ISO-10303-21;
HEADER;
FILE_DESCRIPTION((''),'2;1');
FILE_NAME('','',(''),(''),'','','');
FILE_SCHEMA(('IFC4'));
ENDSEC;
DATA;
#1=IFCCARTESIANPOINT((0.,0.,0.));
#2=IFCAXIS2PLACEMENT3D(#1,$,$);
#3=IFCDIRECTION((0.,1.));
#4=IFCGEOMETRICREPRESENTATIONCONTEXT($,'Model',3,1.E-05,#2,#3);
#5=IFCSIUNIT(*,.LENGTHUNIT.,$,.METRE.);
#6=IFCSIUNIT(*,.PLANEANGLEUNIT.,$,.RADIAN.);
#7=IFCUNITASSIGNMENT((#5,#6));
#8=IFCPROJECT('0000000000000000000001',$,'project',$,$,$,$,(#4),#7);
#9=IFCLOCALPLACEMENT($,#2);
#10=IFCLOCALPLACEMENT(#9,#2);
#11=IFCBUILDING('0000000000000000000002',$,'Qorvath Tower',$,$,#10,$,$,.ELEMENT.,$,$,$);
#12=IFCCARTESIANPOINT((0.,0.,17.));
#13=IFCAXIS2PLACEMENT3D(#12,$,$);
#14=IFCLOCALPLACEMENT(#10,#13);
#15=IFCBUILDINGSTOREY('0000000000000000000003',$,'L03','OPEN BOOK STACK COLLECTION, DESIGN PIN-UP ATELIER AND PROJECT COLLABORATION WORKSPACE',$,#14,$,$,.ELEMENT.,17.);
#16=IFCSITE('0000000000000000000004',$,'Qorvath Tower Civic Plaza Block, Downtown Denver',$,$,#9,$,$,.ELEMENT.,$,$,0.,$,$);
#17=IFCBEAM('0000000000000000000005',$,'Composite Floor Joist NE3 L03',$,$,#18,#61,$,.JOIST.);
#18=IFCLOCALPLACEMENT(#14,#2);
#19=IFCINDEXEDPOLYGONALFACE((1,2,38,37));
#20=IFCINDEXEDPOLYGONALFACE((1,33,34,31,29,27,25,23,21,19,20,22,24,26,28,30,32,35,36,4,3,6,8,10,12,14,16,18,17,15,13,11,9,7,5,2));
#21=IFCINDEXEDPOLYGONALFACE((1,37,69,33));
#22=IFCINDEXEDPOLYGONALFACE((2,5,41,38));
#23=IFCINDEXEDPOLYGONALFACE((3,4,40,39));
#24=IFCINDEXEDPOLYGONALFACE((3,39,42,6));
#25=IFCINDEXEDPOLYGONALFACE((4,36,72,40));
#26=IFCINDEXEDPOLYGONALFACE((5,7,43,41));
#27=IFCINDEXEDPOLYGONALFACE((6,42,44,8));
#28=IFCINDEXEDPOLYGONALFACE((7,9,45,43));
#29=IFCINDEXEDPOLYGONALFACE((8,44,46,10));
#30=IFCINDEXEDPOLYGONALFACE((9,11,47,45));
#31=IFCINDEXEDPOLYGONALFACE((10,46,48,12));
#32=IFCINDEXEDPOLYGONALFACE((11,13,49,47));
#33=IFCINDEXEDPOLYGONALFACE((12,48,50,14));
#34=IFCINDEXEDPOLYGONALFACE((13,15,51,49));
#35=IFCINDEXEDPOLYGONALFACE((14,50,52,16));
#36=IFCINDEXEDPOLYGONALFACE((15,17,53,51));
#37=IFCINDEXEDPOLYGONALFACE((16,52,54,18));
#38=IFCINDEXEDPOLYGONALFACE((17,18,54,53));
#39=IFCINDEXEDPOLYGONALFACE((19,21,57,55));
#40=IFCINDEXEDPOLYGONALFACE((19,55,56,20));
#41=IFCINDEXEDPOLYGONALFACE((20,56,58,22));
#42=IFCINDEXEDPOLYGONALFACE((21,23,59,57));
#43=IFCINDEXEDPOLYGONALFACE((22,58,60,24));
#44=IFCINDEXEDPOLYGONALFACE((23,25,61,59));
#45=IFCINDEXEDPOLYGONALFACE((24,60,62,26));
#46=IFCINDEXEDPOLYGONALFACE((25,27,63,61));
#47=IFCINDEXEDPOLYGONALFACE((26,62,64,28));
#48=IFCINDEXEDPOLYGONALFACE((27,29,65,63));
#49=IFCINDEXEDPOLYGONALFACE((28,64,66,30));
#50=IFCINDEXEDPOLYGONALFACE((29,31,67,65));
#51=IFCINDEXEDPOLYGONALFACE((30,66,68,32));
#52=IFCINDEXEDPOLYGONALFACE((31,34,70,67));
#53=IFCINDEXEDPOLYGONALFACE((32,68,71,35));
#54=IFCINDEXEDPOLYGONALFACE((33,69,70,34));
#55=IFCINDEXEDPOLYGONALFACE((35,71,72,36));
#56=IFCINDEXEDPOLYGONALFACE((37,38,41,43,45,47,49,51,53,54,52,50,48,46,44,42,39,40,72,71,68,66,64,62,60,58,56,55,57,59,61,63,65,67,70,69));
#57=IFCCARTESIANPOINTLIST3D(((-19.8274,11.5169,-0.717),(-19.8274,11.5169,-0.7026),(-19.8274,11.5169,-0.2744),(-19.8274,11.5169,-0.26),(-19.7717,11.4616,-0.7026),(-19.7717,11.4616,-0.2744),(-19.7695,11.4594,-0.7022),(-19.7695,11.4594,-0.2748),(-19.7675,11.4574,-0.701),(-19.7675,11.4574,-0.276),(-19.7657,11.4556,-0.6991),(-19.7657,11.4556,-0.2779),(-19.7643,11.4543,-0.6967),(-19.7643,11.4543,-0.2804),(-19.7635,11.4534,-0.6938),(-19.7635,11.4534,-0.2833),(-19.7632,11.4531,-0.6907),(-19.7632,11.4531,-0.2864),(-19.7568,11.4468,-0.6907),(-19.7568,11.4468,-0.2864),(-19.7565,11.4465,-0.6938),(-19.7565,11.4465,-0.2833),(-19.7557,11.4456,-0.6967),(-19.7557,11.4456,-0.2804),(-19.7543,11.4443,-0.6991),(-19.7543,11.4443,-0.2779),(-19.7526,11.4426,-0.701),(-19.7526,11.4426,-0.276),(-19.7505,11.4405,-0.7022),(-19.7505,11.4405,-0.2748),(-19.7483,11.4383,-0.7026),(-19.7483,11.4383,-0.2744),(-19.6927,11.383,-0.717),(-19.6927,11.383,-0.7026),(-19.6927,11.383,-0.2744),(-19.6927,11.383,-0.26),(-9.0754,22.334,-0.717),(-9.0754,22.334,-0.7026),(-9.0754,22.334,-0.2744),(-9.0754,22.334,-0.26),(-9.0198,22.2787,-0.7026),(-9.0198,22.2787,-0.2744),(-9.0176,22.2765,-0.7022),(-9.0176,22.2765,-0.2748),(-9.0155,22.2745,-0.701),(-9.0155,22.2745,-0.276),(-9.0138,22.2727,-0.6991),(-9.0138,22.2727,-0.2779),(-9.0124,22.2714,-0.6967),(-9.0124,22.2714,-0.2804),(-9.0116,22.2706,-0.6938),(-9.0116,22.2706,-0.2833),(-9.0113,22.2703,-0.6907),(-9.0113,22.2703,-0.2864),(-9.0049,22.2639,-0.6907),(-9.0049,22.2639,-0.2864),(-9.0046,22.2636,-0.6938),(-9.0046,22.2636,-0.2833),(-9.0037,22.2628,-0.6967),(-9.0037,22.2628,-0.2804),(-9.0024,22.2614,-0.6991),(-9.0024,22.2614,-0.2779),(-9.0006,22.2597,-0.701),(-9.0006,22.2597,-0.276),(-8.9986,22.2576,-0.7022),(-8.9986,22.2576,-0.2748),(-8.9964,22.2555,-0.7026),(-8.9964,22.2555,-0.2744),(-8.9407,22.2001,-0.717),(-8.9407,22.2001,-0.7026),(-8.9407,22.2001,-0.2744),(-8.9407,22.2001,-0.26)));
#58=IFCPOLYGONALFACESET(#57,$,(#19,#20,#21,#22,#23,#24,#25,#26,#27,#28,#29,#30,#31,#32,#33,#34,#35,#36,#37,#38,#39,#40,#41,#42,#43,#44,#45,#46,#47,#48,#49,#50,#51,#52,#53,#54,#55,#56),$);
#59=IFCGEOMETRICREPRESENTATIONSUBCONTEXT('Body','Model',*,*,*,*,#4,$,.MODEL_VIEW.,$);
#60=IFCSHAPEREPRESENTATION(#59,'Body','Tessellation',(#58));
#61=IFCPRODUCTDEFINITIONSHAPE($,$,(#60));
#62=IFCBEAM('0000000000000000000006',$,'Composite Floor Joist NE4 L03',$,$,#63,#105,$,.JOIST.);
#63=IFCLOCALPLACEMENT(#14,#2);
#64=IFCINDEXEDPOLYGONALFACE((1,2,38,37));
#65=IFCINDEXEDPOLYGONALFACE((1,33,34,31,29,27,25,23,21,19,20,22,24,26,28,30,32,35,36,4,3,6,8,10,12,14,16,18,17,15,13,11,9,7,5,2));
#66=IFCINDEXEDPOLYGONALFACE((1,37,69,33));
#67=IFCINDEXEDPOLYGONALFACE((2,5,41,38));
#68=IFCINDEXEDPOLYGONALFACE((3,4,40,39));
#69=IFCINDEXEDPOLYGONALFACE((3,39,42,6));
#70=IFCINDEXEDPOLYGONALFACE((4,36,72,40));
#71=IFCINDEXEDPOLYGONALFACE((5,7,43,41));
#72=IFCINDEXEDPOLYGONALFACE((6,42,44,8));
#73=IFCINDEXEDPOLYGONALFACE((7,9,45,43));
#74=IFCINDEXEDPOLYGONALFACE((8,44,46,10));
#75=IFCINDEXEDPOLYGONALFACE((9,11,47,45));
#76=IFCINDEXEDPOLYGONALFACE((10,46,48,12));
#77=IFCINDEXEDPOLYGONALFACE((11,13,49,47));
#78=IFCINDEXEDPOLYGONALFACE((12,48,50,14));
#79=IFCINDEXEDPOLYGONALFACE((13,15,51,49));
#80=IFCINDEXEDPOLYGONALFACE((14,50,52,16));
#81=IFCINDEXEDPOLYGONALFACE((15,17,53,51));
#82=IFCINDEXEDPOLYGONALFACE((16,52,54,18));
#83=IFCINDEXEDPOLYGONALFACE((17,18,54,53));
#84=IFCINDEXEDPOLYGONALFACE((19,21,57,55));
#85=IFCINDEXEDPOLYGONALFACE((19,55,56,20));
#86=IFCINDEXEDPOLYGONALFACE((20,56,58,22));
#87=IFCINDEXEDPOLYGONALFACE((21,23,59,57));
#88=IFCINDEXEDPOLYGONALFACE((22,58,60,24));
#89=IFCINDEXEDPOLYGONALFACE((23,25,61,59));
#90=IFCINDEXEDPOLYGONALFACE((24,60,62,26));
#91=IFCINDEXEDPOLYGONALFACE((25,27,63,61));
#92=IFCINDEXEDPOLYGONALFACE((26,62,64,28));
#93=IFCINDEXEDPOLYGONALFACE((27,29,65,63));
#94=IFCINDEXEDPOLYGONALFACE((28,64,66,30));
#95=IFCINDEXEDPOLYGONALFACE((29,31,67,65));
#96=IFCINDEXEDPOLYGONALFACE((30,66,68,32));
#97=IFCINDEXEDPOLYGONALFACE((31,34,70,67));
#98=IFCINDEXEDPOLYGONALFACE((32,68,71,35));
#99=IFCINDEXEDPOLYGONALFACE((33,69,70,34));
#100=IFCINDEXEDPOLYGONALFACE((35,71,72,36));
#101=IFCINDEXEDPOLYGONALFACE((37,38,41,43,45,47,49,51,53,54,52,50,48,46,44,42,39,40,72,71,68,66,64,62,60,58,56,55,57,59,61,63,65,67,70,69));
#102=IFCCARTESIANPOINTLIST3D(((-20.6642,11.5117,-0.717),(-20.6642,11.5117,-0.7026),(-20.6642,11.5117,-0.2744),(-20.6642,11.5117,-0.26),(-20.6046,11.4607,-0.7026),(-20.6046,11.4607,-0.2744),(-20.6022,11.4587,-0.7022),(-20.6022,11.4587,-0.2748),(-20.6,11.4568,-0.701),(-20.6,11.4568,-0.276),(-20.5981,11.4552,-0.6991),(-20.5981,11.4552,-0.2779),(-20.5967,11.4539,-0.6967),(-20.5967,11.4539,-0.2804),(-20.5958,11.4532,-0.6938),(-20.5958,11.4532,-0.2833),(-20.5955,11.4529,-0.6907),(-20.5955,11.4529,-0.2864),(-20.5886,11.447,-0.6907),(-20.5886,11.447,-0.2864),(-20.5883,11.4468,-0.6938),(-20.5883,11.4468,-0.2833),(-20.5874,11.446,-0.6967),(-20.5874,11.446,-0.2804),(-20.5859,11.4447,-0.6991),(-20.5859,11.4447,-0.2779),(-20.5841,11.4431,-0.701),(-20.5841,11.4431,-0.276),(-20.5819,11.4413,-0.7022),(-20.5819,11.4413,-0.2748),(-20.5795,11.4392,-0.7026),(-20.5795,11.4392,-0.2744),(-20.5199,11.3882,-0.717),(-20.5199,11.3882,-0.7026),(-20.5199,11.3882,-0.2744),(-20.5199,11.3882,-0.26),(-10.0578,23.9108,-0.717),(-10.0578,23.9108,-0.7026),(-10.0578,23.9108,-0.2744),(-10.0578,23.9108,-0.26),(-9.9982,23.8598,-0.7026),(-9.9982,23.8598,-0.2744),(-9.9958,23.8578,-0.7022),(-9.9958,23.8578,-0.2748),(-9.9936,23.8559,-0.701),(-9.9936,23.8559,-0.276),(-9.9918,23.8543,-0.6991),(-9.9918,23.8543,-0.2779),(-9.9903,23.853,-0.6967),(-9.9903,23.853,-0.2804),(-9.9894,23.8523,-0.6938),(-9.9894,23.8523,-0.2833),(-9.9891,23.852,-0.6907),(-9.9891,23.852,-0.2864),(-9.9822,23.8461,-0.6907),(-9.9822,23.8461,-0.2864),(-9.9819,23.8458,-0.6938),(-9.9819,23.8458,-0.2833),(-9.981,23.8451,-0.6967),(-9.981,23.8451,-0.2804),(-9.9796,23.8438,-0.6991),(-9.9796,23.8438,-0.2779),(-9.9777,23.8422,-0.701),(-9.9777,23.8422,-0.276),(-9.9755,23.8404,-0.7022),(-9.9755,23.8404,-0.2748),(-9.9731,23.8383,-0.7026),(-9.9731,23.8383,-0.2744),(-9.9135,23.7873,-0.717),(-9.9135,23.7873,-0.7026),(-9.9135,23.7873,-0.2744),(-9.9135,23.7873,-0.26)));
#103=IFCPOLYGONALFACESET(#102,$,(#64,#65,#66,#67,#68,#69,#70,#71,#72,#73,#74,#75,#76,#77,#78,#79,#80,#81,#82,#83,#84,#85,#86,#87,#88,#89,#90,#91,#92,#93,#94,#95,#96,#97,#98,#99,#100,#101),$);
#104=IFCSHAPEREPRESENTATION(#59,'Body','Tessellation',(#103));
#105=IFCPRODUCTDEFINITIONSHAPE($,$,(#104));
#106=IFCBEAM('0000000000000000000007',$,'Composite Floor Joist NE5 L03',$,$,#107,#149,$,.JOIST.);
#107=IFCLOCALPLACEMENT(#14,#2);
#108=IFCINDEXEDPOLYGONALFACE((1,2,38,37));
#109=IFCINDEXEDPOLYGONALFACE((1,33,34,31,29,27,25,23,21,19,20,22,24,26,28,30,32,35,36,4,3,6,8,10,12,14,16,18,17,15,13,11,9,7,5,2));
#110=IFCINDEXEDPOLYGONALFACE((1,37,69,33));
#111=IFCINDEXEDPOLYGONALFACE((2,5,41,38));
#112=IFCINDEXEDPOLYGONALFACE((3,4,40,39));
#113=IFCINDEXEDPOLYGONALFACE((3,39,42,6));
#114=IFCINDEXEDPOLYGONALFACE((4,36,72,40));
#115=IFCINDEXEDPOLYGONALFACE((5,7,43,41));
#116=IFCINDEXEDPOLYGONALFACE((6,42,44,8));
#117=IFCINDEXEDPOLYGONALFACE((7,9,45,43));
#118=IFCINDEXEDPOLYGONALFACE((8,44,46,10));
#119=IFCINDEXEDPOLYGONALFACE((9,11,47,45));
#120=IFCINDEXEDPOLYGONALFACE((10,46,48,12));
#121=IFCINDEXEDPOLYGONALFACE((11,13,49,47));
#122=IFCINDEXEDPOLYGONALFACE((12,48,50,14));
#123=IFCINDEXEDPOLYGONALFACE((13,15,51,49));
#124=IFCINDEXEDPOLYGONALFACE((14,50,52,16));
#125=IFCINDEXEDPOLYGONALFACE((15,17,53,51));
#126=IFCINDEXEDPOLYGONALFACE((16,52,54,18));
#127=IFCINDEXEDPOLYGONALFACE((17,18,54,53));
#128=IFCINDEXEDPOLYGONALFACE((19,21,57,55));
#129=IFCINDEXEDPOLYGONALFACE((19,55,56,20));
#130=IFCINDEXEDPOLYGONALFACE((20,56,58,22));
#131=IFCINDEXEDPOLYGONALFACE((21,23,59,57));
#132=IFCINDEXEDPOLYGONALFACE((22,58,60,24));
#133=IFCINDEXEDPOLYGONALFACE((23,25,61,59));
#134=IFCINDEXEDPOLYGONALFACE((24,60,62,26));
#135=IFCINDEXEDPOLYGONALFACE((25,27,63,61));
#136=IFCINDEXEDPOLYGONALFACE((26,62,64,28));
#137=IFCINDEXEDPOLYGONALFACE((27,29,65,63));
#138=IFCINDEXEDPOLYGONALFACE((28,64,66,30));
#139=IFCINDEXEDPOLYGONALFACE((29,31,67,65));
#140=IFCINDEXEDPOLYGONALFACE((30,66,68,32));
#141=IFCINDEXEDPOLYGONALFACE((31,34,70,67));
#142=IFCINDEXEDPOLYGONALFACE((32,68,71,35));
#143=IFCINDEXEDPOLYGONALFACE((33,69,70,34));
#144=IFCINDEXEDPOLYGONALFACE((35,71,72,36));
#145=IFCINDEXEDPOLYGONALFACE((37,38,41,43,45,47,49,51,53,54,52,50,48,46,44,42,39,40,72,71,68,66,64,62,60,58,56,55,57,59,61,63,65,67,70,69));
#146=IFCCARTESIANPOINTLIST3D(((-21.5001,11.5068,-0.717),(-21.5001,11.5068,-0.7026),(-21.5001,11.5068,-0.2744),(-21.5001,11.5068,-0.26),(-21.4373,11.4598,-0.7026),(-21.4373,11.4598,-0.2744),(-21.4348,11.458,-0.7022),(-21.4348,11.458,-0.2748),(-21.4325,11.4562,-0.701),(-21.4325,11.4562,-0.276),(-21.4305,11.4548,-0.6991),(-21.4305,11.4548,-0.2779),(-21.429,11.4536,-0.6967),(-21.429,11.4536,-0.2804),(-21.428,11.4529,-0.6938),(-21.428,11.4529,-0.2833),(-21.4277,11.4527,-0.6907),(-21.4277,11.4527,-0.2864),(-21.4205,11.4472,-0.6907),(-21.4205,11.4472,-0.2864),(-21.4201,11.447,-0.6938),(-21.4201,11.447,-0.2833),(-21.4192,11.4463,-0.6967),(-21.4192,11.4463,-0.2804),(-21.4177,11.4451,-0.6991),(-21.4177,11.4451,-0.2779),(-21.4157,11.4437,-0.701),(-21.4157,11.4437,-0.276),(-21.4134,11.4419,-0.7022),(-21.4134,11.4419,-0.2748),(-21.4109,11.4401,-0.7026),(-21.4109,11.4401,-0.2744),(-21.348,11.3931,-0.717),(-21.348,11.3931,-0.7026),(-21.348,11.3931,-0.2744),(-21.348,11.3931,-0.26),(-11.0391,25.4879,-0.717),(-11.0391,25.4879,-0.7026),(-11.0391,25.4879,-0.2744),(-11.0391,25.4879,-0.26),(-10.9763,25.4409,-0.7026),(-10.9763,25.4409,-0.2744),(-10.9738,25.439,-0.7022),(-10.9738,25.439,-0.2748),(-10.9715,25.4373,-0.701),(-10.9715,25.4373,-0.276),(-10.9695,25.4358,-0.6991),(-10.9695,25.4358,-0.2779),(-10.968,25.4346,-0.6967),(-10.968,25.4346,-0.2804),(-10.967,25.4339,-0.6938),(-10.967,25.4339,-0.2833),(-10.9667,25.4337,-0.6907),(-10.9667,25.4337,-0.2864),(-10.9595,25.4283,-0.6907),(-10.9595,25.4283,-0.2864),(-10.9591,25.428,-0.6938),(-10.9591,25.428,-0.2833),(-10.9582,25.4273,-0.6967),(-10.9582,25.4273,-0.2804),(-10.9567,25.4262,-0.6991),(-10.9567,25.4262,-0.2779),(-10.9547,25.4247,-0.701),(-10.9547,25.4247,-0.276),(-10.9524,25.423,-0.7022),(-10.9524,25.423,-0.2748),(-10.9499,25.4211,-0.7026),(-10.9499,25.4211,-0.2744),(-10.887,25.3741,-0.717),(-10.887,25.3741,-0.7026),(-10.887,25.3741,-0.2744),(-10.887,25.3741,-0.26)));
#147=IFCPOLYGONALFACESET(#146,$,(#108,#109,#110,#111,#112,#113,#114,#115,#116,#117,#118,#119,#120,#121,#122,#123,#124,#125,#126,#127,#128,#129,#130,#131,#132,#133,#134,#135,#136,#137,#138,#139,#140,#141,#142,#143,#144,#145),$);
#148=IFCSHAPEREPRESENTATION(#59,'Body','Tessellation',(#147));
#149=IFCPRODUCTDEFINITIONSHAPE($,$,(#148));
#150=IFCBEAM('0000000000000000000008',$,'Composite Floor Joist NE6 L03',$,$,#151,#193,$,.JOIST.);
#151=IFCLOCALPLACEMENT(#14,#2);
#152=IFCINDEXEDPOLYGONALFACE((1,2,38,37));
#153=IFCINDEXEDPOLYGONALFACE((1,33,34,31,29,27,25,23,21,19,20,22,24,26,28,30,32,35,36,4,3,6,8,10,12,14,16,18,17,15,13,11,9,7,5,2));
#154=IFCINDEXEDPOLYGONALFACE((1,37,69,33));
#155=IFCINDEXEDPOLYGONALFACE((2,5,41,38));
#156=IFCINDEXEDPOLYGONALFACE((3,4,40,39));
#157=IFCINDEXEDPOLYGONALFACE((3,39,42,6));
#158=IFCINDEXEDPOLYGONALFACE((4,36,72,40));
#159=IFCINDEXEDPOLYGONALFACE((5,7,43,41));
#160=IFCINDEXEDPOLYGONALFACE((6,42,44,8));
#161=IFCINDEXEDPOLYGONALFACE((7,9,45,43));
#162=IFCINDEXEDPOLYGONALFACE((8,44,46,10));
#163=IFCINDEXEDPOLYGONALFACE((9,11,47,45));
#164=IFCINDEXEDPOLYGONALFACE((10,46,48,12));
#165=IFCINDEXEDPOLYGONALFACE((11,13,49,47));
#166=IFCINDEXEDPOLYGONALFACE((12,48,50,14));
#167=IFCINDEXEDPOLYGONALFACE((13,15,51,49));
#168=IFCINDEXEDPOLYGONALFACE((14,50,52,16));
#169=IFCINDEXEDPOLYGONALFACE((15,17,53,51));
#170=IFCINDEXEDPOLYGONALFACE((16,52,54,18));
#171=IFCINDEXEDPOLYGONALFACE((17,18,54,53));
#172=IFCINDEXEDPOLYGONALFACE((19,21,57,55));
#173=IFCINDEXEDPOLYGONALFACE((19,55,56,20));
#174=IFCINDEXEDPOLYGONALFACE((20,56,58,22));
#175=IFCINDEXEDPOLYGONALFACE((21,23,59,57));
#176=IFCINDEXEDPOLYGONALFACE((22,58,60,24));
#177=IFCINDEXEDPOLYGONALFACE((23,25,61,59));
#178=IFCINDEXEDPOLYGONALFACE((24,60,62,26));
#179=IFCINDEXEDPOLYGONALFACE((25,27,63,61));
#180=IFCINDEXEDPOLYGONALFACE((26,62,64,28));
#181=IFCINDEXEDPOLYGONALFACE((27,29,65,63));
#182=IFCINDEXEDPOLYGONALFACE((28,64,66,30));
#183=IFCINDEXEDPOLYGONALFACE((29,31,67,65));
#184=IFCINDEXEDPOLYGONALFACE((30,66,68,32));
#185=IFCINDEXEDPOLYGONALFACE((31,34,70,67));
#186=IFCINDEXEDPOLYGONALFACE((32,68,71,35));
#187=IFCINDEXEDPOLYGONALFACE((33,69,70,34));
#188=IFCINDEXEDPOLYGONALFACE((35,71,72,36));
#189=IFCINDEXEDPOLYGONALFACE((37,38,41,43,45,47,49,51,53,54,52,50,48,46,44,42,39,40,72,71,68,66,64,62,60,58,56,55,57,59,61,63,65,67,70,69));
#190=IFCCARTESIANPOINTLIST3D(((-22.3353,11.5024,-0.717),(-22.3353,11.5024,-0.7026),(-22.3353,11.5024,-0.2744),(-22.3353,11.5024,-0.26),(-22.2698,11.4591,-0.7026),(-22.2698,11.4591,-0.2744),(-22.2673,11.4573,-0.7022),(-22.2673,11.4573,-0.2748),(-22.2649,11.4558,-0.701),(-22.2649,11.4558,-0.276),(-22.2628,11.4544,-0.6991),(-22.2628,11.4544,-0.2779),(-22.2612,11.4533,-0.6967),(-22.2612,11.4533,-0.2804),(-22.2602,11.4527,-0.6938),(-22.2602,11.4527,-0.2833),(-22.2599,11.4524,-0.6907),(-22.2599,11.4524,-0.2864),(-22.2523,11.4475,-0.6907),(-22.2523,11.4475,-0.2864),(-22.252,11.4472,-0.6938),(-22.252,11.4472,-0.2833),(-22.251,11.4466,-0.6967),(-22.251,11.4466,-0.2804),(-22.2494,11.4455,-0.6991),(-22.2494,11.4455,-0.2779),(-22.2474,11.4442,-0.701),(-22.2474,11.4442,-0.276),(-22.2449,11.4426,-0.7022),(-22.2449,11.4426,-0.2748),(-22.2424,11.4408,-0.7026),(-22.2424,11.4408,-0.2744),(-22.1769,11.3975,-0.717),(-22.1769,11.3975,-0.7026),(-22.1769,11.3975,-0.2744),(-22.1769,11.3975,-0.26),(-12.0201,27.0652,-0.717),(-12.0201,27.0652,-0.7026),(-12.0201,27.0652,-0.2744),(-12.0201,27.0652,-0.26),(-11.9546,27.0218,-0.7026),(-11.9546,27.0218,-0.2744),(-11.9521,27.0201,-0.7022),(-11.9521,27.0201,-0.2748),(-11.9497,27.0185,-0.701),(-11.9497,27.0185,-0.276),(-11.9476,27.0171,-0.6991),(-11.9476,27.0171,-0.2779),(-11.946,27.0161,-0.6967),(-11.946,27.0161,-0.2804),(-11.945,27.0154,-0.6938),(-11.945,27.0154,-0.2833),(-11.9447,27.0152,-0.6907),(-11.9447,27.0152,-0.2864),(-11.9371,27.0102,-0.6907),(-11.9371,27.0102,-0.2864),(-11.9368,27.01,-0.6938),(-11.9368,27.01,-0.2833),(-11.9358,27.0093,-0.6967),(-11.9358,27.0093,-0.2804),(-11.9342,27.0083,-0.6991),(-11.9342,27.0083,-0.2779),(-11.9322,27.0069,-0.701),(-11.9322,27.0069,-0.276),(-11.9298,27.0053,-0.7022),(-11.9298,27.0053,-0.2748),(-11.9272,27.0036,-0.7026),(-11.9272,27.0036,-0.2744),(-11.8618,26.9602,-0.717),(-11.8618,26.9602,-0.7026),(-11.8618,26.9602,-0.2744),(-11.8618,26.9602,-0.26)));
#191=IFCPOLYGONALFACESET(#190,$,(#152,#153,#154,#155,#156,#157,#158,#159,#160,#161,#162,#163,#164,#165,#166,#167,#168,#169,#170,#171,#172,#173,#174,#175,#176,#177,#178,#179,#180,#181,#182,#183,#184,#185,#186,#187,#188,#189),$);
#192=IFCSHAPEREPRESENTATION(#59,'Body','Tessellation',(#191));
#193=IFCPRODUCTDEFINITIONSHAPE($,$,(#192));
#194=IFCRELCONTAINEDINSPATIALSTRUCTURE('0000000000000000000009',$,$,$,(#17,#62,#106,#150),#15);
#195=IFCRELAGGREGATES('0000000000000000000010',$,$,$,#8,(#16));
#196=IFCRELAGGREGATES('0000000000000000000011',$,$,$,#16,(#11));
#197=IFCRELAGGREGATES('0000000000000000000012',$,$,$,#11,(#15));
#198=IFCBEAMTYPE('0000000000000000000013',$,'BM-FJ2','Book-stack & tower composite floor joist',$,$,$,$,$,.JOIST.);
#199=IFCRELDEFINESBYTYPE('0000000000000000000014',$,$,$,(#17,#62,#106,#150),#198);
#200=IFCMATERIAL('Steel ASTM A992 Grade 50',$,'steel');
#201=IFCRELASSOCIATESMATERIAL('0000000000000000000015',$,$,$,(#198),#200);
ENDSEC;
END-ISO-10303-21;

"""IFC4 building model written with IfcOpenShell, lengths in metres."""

from ifc_helpers import new_model, si_unit, direction, frame, origin, origin_2d, place, context, subcontext, project, spatial, i_section, extrude, material, material_profile, profile_set, type_object, element, save


model = new_model("IFC4")

# Units and contexts
model_context = context("Model", 3, precision=1e-05, world=origin(), true_north=direction((0.0, 1.0)))
body_context = subcontext(model_context, "Body", "Model", "MODEL_VIEW")
ifc_project = project(units=[si_unit("LENGTHUNIT", "METRE"), si_unit("PLANEANGLEUNIT", "RADIAN")], contexts=[model_context])

# Site, building, storey
site_placement = place(None, origin())
site = spatial("IfcSite", under=ifc_project, at=site_placement, Name="Qorvath Tower Civic Plaza Block, Downtown Denver", CompositionType="ELEMENT", RefElevation=0.0)
building_placement = place(site_placement, origin())
building = spatial("IfcBuilding", under=site, at=building_placement, Name="Qorvath Tower", CompositionType="ELEMENT")
storey_placement = place(building_placement, frame((0.0, 0.0, 17.0)))
storey = spatial("IfcBuildingStorey", under=building, at=storey_placement, Name="L03", Description="OPEN BOOK STACK COLLECTION, DESIGN PIN-UP ATELIER AND PROJECT COLLABORATION WORKSPACE", CompositionType="ELEMENT", Elevation=17.0)

# Beams
ifc_material_1 = material(Name="Steel ASTM A992 Grade 50", Category="steel")
ifc_material_profile_1 = material_profile(ifc_material_1, i_section(OverallWidth=0.1899, OverallDepth=0.457, WebThickness=0.009, FlangeThickness=0.0144, FilletRadius=0.012, at=origin_2d()), Name="W18x50")
ifc_profile_set_1 = profile_set([ifc_material_profile_1], Name="Steel ASTM A992 Grade 50")
beam_type_1 = type_object("IfcBeamType", Name="BM-FJ2", Description="Book-stack & tower composite floor joist", PredefinedType="JOIST", material=ifc_profile_set_1)
beam_1_placement = place(storey_placement, frame((-19.76, 11.45, -0.4885), z_axis=(0.704967, 0.709241, 0.0), x_axis=(-0.709241, 0.704967, 0.0)))
element("IfcBeam", 1, at=beam_1_placement, inside=storey, type_object=beam_type_1, Name="Composite Floor Joist NE3 L03", PredefinedType="JOIST", context=body_context, shape_type="SweptSolid", body=[
    extrude(i_section(OverallWidth=0.1899, OverallDepth=0.457, WebThickness=0.009, FlangeThickness=0.0144, FilletRadius=0.012, at=origin_2d()), origin(), (0.0, 0.0, 1.0), 15.2517),
])
beam_2_placement = place(storey_placement, frame((-20.592, 11.45, -0.4885), z_axis=(0.650034, 0.759905, 0.0), x_axis=(-0.759905, 0.650034, 0.0)))
element("IfcBeam", 2, at=beam_2_placement, inside=storey, type_object=beam_type_1, Name="Composite Floor Joist NE4 L03", PredefinedType="JOIST", context=body_context, shape_type="SweptSolid", body=[
    extrude(i_section(OverallWidth=0.1899, OverallDepth=0.457, WebThickness=0.009, FlangeThickness=0.0144, FilletRadius=0.012, at=origin_2d()), origin(), (0.0, 0.0, 1.0), 16.3167),
])
beam_3_placement = place(storey_placement, frame((-21.4241, 11.45, -0.4885), z_axis=(0.599091, 0.800681, 0.0), x_axis=(-0.800681, 0.599091, 0.0)))
element("IfcBeam", 3, at=beam_3_placement, inside=storey, type_object=beam_type_1, Name="Composite Floor Joist NE5 L03", PredefinedType="JOIST", context=body_context, shape_type="SweptSolid", body=[
    extrude(i_section(OverallWidth=0.1899, OverallDepth=0.457, WebThickness=0.009, FlangeThickness=0.0144, FilletRadius=0.012, at=origin_2d()), origin(), (0.0, 0.0, 1.0), 17.4614),
])
beam_4_placement = place(storey_placement, frame((-22.2561, 11.45, -0.4885), z_axis=(0.552474, 0.83353, 0.0), x_axis=(-0.83353, 0.552474, 0.0)))
element("IfcBeam", 4, at=beam_4_placement, inside=storey, type_object=beam_type_1, Name="Composite Floor Joist NE6 L03", PredefinedType="JOIST", context=body_context, shape_type="SweptSolid", body=[
    extrude(i_section(OverallWidth=0.1899, OverallDepth=0.457, WebThickness=0.009, FlangeThickness=0.0144, FilletRadius=0.012, at=origin_2d()), origin(), (0.0, 0.0, 1.0), 18.6709),
])

save(model, "model.ifc")
